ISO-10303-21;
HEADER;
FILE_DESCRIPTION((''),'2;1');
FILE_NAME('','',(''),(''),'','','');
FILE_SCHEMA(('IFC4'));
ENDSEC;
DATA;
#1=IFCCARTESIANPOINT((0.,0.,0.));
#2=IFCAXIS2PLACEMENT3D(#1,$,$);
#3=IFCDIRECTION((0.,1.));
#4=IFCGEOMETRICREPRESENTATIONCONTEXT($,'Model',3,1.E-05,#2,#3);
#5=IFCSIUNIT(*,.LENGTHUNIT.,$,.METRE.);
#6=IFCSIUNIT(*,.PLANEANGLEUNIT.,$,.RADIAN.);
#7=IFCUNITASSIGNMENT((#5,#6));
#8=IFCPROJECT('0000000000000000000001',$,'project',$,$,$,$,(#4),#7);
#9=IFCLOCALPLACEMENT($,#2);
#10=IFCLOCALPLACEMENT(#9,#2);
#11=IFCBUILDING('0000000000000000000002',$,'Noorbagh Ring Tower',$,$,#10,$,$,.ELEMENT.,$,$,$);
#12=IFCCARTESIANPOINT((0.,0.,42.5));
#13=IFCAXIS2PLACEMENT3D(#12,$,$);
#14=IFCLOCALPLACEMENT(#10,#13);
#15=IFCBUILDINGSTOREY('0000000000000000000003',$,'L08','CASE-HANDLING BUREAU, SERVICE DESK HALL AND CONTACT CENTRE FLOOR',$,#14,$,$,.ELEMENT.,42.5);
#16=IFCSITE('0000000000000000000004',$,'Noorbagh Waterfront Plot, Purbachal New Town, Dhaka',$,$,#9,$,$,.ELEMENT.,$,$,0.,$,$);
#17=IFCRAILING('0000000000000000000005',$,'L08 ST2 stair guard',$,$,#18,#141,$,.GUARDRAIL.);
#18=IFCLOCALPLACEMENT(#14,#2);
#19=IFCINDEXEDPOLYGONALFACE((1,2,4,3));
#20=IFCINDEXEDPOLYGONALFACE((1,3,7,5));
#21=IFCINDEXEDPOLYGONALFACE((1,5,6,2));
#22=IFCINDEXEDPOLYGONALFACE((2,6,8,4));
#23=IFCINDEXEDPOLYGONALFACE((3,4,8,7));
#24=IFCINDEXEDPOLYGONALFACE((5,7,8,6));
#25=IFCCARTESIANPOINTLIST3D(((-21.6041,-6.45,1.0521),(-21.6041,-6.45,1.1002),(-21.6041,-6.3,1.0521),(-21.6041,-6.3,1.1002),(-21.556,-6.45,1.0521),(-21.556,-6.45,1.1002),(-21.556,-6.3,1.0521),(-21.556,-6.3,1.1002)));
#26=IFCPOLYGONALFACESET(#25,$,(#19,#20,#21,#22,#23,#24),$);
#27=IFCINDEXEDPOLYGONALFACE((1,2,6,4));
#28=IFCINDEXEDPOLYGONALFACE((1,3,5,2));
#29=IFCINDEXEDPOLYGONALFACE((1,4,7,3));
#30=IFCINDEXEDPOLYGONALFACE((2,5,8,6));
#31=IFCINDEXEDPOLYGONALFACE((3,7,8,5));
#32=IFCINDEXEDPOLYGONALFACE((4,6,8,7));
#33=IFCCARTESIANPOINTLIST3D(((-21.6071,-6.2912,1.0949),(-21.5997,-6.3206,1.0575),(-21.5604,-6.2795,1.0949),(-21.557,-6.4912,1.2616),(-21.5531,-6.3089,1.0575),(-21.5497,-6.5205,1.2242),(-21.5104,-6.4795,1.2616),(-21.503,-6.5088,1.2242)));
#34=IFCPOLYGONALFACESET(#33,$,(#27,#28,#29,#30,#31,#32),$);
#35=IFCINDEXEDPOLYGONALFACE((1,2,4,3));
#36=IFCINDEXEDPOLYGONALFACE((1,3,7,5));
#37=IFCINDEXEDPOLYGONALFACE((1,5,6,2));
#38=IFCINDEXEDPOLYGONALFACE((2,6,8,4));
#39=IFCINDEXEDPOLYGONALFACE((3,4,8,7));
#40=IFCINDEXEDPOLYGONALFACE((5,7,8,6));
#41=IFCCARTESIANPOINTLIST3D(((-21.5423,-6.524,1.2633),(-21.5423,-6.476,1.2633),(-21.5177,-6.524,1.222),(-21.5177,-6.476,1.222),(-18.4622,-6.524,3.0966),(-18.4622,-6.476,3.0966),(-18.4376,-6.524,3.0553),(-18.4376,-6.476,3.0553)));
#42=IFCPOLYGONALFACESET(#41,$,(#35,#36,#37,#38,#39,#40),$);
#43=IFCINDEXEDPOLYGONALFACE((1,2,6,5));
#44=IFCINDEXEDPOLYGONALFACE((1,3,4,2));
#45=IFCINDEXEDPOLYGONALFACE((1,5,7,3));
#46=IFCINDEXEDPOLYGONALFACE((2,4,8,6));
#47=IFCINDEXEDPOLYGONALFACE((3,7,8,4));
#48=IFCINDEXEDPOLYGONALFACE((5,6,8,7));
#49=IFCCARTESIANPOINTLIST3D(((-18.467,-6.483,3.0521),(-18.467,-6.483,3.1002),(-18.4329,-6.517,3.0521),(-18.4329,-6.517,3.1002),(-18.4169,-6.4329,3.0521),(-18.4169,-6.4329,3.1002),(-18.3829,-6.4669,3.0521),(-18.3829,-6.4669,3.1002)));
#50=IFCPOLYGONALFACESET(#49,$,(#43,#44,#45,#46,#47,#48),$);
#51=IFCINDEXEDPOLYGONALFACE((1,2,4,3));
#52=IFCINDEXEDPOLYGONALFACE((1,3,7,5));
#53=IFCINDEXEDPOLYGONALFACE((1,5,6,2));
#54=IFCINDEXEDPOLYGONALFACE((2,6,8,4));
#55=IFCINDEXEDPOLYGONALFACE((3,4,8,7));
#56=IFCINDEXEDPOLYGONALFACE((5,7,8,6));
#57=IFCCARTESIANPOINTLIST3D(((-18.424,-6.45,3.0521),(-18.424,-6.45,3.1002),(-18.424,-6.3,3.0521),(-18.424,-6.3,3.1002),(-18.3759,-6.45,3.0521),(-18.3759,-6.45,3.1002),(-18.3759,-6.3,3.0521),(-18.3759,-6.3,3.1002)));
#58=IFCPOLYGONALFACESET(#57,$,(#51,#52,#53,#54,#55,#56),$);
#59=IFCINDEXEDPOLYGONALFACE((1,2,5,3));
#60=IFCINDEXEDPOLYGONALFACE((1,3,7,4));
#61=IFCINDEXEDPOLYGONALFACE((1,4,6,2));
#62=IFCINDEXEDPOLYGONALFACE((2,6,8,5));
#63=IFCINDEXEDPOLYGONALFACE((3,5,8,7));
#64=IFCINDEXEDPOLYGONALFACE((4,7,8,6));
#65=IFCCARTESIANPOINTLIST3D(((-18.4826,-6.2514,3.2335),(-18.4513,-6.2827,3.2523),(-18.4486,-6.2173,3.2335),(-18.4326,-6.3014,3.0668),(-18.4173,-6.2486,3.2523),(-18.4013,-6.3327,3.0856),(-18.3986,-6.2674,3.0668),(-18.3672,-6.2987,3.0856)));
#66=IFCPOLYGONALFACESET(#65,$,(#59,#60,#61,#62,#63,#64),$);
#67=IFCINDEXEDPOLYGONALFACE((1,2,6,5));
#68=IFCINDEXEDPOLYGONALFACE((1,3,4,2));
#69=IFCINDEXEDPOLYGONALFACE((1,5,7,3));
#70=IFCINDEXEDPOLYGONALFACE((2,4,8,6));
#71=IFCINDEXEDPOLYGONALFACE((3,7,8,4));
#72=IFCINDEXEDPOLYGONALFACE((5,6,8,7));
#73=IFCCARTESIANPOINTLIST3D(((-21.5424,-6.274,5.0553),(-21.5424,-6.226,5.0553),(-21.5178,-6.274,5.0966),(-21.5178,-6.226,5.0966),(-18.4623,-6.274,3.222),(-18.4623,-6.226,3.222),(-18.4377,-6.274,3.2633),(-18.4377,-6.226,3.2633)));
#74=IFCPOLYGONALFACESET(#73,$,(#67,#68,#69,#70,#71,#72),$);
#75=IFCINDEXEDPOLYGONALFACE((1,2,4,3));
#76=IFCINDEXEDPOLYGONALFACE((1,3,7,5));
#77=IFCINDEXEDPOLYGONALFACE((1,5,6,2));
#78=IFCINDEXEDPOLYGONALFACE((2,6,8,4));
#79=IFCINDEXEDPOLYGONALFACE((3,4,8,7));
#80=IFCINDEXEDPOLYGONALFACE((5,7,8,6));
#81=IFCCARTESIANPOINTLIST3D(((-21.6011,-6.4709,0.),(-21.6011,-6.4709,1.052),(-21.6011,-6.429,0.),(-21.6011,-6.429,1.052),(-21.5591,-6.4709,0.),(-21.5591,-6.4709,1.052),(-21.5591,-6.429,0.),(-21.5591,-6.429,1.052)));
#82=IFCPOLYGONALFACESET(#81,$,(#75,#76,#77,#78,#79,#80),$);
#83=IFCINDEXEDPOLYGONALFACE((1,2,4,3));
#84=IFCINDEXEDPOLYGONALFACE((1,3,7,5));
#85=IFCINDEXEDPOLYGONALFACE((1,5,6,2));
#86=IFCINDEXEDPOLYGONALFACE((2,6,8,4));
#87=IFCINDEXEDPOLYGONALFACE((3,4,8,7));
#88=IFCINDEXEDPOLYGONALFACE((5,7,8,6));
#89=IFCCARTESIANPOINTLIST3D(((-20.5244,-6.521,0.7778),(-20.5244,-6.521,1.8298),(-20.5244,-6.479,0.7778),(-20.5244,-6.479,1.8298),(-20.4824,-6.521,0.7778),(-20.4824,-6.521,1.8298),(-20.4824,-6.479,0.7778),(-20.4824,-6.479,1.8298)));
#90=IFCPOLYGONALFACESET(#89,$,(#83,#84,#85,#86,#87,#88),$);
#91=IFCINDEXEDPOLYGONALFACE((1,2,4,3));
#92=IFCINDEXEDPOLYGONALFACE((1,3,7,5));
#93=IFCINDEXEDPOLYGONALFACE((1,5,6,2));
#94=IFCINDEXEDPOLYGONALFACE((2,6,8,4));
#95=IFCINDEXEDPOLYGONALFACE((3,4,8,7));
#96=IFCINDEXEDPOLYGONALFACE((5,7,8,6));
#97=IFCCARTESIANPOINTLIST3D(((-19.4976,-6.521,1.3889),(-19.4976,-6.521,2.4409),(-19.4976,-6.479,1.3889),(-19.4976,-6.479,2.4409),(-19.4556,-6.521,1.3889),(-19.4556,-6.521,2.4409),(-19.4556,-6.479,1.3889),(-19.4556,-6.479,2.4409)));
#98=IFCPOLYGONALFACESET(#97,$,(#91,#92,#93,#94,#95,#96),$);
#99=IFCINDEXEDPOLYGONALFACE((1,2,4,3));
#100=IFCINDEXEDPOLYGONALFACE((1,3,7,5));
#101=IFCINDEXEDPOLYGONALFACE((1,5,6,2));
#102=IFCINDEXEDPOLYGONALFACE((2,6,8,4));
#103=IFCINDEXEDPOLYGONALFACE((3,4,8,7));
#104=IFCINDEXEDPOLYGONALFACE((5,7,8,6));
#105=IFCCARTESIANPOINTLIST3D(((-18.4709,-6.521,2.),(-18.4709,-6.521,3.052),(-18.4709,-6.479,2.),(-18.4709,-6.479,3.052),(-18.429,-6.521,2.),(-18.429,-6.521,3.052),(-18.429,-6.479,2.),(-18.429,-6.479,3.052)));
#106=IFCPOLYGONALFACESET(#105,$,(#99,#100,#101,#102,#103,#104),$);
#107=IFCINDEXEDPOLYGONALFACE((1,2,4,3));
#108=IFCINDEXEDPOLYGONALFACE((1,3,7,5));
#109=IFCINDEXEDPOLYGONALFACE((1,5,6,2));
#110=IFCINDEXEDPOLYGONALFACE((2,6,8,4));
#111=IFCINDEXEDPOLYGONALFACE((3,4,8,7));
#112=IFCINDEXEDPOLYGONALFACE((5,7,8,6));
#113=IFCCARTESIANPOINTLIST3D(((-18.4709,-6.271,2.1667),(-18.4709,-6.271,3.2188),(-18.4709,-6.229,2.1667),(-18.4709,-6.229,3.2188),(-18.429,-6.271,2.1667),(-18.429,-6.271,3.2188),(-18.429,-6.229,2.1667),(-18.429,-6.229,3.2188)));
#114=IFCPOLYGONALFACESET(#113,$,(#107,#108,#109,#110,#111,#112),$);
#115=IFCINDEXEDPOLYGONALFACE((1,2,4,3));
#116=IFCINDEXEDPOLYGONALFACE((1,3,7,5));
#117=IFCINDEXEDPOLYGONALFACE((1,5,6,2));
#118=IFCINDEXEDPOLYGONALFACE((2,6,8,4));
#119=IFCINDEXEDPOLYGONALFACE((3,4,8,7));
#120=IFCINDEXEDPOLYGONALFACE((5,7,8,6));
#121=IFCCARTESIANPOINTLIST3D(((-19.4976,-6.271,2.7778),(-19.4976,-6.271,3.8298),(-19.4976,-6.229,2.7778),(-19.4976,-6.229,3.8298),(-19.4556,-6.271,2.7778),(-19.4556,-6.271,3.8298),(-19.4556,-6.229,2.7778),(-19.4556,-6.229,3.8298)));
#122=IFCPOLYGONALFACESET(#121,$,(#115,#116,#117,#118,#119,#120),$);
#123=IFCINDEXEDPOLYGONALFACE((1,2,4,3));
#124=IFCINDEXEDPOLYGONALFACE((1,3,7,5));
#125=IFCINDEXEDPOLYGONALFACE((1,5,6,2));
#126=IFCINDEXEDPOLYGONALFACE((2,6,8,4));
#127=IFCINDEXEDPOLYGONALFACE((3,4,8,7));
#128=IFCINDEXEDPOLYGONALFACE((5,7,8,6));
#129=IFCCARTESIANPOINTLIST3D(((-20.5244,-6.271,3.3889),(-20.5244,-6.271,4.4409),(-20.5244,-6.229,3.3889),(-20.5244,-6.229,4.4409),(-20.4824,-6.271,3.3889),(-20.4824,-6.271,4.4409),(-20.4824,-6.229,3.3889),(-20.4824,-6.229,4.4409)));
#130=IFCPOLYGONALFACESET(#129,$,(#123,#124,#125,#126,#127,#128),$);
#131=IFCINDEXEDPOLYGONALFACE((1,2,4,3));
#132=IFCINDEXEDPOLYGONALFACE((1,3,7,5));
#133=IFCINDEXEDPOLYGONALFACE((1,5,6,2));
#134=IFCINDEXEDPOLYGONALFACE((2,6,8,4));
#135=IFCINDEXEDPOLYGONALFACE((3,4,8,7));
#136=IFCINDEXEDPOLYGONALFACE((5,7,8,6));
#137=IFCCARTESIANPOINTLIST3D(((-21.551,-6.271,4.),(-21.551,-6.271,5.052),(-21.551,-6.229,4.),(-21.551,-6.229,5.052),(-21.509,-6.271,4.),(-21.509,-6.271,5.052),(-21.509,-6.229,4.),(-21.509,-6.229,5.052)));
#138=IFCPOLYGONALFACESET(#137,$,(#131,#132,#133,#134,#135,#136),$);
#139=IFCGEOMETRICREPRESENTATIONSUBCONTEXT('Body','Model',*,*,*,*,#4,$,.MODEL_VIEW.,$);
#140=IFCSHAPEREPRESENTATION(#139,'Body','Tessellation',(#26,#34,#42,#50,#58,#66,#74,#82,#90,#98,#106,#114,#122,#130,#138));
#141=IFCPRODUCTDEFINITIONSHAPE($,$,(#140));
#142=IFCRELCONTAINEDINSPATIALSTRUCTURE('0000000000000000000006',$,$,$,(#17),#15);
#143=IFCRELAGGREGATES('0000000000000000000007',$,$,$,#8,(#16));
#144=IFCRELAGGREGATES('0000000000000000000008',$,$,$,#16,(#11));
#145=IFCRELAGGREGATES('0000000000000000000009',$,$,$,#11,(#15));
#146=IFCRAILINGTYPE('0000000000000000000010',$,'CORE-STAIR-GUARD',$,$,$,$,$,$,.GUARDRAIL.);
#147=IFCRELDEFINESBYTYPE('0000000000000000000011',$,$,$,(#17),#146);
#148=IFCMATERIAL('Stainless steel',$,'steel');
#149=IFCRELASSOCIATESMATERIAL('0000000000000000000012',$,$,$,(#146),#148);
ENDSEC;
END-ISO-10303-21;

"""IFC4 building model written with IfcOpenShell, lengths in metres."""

from ifc_helpers import new_model, si_unit, direction, frame, origin, origin_2d, place, context, subcontext, project, spatial, rectangle, extrude, material, type_object, element, save


model = new_model("IFC4")

# Units and contexts
model_context = context("Model", 3, precision=1e-05, world=origin(), true_north=direction((0.0, 1.0)))
body_context = subcontext(model_context, "Body", "Model", "MODEL_VIEW")
ifc_project = project(units=[si_unit("LENGTHUNIT", "METRE"), si_unit("PLANEANGLEUNIT", "RADIAN")], contexts=[model_context])

# Site, building, storey
site_placement = place(None, origin())
site = spatial("IfcSite", under=ifc_project, at=site_placement, Name="Noorbagh Waterfront Plot, Purbachal New Town, Dhaka", CompositionType="ELEMENT", RefElevation=0.0)
building_placement = place(site_placement, origin())
building = spatial("IfcBuilding", under=site, at=building_placement, Name="Noorbagh Ring Tower", CompositionType="ELEMENT")
storey_placement = place(building_placement, frame((0.0, 0.0, 42.5)))
storey = spatial("IfcBuildingStorey", under=building, at=storey_placement, Name="L08", Description="CASE-HANDLING BUREAU, SERVICE DESK HALL AND CONTACT CENTRE FLOOR", CompositionType="ELEMENT", Elevation=42.5)

# Railing
ifc_material_1 = material(Name="Stainless steel", Category="steel")
railing_type_1 = type_object("IfcRailingType", Name="CORE-STAIR-GUARD", PredefinedType="GUARDRAIL", material=ifc_material_1)
railing_1_placement = place(storey_placement, frame((-21.5801, -6.45, 0.0)))
element("IfcRailing", 1, at=railing_1_placement, inside=storey, type_object=railing_type_1, Name="L08 ST2 stair guard", PredefinedType="GUARDRAIL", context=body_context, shape_type="SweptSolid", body=[
    extrude(rectangle(XDim=0.0481, YDim=0.0481, at=origin_2d()), frame((0.0, 0.0, 1.0762), z_axis=(0.0, 1.0, 0.0), x_axis=(-1.0, 0.0, 0.0)), (0.0, 0.0, 1.0), 0.1499),
    extrude(rectangle(XDim=0.0481, YDim=0.0481, at=origin_2d()), frame((0.0, 0.1499, 1.0762), z_axis=(0.188776, -0.754182, 0.628946), x_axis=(0.970073, 0.242814, 0.0)), (0.0, 0.0, 1.0), 0.2651),
    extrude(rectangle(XDim=0.0481, YDim=0.0481, at=origin_2d()), frame((0.05, -0.05, 1.2427), z_axis=(0.859309, 0.0, 0.511458), x_axis=(0.0, 1.0, 0.0)), (0.0, 0.0, 1.0), 3.5845),
    extrude(rectangle(XDim=0.0481, YDim=0.0481, at=origin_2d()), frame((3.1301, -0.05, 3.0762), z_axis=(0.707107, 0.707107, 0.0), x_axis=(-0.707107, 0.707107, 0.0)), (0.0, 0.0, 1.0), 0.0708),
    extrude(rectangle(XDim=0.0481, YDim=0.0481, at=origin_2d()), frame((3.1802, 0.0, 3.0762), z_axis=(0.0, 1.0, 0.0), x_axis=(-1.0, 0.0, 0.0)), (0.0, 0.0, 1.0), 0.1499),
    extrude(rectangle(XDim=0.0481, YDim=0.0481, at=origin_2d()), frame((3.1802, 0.1499, 3.0762), z_axis=(-0.276287, 0.276287, 0.920506), x_axis=(-0.707107, -0.707107, 0.0)), (0.0, 0.0, 1.0), 0.1812),
    extrude(rectangle(XDim=0.0481, YDim=0.0481, at=origin_2d()), frame((3.1301, 0.2, 3.2427), z_axis=(-0.859309, 0.0, 0.511458), x_axis=(0.0, -1.0, 0.0)), (0.0, 0.0, 1.0), 3.5845),
    extrude(rectangle(XDim=0.042, YDim=0.042, at=origin_2d()), origin(), (0.0, 0.0, 1.0), 1.052),
    extrude(rectangle(XDim=0.042, YDim=0.042, at=origin_2d()), frame((1.0767, -0.05, 0.7778)), (0.0, 0.0, 1.0), 1.052),
    extrude(rectangle(XDim=0.042, YDim=0.042, at=origin_2d()), frame((2.1035, -0.05, 1.3889)), (0.0, 0.0, 1.0), 1.052),
    extrude(rectangle(XDim=0.042, YDim=0.042, at=origin_2d()), frame((3.1301, -0.05, 2.0)), (0.0, 0.0, 1.0), 1.052),
    extrude(rectangle(XDim=0.042, YDim=0.042, at=origin_2d()), frame((3.1301, 0.2, 2.1667)), (0.0, 0.0, 1.0), 1.052),
    extrude(rectangle(XDim=0.042, YDim=0.042, at=origin_2d()), frame((2.1035, 0.2, 2.7778)), (0.0, 0.0, 1.0), 1.052),
    extrude(rectangle(XDim=0.042, YDim=0.042, at=origin_2d()), frame((1.0767, 0.2, 3.3889)), (0.0, 0.0, 1.0), 1.052),
    extrude(rectangle(XDim=0.042, YDim=0.042, at=origin_2d()), frame((0.05, 0.2, 4.0)), (0.0, 0.0, 1.0), 1.052),
])

save(model, "model.ifc")
